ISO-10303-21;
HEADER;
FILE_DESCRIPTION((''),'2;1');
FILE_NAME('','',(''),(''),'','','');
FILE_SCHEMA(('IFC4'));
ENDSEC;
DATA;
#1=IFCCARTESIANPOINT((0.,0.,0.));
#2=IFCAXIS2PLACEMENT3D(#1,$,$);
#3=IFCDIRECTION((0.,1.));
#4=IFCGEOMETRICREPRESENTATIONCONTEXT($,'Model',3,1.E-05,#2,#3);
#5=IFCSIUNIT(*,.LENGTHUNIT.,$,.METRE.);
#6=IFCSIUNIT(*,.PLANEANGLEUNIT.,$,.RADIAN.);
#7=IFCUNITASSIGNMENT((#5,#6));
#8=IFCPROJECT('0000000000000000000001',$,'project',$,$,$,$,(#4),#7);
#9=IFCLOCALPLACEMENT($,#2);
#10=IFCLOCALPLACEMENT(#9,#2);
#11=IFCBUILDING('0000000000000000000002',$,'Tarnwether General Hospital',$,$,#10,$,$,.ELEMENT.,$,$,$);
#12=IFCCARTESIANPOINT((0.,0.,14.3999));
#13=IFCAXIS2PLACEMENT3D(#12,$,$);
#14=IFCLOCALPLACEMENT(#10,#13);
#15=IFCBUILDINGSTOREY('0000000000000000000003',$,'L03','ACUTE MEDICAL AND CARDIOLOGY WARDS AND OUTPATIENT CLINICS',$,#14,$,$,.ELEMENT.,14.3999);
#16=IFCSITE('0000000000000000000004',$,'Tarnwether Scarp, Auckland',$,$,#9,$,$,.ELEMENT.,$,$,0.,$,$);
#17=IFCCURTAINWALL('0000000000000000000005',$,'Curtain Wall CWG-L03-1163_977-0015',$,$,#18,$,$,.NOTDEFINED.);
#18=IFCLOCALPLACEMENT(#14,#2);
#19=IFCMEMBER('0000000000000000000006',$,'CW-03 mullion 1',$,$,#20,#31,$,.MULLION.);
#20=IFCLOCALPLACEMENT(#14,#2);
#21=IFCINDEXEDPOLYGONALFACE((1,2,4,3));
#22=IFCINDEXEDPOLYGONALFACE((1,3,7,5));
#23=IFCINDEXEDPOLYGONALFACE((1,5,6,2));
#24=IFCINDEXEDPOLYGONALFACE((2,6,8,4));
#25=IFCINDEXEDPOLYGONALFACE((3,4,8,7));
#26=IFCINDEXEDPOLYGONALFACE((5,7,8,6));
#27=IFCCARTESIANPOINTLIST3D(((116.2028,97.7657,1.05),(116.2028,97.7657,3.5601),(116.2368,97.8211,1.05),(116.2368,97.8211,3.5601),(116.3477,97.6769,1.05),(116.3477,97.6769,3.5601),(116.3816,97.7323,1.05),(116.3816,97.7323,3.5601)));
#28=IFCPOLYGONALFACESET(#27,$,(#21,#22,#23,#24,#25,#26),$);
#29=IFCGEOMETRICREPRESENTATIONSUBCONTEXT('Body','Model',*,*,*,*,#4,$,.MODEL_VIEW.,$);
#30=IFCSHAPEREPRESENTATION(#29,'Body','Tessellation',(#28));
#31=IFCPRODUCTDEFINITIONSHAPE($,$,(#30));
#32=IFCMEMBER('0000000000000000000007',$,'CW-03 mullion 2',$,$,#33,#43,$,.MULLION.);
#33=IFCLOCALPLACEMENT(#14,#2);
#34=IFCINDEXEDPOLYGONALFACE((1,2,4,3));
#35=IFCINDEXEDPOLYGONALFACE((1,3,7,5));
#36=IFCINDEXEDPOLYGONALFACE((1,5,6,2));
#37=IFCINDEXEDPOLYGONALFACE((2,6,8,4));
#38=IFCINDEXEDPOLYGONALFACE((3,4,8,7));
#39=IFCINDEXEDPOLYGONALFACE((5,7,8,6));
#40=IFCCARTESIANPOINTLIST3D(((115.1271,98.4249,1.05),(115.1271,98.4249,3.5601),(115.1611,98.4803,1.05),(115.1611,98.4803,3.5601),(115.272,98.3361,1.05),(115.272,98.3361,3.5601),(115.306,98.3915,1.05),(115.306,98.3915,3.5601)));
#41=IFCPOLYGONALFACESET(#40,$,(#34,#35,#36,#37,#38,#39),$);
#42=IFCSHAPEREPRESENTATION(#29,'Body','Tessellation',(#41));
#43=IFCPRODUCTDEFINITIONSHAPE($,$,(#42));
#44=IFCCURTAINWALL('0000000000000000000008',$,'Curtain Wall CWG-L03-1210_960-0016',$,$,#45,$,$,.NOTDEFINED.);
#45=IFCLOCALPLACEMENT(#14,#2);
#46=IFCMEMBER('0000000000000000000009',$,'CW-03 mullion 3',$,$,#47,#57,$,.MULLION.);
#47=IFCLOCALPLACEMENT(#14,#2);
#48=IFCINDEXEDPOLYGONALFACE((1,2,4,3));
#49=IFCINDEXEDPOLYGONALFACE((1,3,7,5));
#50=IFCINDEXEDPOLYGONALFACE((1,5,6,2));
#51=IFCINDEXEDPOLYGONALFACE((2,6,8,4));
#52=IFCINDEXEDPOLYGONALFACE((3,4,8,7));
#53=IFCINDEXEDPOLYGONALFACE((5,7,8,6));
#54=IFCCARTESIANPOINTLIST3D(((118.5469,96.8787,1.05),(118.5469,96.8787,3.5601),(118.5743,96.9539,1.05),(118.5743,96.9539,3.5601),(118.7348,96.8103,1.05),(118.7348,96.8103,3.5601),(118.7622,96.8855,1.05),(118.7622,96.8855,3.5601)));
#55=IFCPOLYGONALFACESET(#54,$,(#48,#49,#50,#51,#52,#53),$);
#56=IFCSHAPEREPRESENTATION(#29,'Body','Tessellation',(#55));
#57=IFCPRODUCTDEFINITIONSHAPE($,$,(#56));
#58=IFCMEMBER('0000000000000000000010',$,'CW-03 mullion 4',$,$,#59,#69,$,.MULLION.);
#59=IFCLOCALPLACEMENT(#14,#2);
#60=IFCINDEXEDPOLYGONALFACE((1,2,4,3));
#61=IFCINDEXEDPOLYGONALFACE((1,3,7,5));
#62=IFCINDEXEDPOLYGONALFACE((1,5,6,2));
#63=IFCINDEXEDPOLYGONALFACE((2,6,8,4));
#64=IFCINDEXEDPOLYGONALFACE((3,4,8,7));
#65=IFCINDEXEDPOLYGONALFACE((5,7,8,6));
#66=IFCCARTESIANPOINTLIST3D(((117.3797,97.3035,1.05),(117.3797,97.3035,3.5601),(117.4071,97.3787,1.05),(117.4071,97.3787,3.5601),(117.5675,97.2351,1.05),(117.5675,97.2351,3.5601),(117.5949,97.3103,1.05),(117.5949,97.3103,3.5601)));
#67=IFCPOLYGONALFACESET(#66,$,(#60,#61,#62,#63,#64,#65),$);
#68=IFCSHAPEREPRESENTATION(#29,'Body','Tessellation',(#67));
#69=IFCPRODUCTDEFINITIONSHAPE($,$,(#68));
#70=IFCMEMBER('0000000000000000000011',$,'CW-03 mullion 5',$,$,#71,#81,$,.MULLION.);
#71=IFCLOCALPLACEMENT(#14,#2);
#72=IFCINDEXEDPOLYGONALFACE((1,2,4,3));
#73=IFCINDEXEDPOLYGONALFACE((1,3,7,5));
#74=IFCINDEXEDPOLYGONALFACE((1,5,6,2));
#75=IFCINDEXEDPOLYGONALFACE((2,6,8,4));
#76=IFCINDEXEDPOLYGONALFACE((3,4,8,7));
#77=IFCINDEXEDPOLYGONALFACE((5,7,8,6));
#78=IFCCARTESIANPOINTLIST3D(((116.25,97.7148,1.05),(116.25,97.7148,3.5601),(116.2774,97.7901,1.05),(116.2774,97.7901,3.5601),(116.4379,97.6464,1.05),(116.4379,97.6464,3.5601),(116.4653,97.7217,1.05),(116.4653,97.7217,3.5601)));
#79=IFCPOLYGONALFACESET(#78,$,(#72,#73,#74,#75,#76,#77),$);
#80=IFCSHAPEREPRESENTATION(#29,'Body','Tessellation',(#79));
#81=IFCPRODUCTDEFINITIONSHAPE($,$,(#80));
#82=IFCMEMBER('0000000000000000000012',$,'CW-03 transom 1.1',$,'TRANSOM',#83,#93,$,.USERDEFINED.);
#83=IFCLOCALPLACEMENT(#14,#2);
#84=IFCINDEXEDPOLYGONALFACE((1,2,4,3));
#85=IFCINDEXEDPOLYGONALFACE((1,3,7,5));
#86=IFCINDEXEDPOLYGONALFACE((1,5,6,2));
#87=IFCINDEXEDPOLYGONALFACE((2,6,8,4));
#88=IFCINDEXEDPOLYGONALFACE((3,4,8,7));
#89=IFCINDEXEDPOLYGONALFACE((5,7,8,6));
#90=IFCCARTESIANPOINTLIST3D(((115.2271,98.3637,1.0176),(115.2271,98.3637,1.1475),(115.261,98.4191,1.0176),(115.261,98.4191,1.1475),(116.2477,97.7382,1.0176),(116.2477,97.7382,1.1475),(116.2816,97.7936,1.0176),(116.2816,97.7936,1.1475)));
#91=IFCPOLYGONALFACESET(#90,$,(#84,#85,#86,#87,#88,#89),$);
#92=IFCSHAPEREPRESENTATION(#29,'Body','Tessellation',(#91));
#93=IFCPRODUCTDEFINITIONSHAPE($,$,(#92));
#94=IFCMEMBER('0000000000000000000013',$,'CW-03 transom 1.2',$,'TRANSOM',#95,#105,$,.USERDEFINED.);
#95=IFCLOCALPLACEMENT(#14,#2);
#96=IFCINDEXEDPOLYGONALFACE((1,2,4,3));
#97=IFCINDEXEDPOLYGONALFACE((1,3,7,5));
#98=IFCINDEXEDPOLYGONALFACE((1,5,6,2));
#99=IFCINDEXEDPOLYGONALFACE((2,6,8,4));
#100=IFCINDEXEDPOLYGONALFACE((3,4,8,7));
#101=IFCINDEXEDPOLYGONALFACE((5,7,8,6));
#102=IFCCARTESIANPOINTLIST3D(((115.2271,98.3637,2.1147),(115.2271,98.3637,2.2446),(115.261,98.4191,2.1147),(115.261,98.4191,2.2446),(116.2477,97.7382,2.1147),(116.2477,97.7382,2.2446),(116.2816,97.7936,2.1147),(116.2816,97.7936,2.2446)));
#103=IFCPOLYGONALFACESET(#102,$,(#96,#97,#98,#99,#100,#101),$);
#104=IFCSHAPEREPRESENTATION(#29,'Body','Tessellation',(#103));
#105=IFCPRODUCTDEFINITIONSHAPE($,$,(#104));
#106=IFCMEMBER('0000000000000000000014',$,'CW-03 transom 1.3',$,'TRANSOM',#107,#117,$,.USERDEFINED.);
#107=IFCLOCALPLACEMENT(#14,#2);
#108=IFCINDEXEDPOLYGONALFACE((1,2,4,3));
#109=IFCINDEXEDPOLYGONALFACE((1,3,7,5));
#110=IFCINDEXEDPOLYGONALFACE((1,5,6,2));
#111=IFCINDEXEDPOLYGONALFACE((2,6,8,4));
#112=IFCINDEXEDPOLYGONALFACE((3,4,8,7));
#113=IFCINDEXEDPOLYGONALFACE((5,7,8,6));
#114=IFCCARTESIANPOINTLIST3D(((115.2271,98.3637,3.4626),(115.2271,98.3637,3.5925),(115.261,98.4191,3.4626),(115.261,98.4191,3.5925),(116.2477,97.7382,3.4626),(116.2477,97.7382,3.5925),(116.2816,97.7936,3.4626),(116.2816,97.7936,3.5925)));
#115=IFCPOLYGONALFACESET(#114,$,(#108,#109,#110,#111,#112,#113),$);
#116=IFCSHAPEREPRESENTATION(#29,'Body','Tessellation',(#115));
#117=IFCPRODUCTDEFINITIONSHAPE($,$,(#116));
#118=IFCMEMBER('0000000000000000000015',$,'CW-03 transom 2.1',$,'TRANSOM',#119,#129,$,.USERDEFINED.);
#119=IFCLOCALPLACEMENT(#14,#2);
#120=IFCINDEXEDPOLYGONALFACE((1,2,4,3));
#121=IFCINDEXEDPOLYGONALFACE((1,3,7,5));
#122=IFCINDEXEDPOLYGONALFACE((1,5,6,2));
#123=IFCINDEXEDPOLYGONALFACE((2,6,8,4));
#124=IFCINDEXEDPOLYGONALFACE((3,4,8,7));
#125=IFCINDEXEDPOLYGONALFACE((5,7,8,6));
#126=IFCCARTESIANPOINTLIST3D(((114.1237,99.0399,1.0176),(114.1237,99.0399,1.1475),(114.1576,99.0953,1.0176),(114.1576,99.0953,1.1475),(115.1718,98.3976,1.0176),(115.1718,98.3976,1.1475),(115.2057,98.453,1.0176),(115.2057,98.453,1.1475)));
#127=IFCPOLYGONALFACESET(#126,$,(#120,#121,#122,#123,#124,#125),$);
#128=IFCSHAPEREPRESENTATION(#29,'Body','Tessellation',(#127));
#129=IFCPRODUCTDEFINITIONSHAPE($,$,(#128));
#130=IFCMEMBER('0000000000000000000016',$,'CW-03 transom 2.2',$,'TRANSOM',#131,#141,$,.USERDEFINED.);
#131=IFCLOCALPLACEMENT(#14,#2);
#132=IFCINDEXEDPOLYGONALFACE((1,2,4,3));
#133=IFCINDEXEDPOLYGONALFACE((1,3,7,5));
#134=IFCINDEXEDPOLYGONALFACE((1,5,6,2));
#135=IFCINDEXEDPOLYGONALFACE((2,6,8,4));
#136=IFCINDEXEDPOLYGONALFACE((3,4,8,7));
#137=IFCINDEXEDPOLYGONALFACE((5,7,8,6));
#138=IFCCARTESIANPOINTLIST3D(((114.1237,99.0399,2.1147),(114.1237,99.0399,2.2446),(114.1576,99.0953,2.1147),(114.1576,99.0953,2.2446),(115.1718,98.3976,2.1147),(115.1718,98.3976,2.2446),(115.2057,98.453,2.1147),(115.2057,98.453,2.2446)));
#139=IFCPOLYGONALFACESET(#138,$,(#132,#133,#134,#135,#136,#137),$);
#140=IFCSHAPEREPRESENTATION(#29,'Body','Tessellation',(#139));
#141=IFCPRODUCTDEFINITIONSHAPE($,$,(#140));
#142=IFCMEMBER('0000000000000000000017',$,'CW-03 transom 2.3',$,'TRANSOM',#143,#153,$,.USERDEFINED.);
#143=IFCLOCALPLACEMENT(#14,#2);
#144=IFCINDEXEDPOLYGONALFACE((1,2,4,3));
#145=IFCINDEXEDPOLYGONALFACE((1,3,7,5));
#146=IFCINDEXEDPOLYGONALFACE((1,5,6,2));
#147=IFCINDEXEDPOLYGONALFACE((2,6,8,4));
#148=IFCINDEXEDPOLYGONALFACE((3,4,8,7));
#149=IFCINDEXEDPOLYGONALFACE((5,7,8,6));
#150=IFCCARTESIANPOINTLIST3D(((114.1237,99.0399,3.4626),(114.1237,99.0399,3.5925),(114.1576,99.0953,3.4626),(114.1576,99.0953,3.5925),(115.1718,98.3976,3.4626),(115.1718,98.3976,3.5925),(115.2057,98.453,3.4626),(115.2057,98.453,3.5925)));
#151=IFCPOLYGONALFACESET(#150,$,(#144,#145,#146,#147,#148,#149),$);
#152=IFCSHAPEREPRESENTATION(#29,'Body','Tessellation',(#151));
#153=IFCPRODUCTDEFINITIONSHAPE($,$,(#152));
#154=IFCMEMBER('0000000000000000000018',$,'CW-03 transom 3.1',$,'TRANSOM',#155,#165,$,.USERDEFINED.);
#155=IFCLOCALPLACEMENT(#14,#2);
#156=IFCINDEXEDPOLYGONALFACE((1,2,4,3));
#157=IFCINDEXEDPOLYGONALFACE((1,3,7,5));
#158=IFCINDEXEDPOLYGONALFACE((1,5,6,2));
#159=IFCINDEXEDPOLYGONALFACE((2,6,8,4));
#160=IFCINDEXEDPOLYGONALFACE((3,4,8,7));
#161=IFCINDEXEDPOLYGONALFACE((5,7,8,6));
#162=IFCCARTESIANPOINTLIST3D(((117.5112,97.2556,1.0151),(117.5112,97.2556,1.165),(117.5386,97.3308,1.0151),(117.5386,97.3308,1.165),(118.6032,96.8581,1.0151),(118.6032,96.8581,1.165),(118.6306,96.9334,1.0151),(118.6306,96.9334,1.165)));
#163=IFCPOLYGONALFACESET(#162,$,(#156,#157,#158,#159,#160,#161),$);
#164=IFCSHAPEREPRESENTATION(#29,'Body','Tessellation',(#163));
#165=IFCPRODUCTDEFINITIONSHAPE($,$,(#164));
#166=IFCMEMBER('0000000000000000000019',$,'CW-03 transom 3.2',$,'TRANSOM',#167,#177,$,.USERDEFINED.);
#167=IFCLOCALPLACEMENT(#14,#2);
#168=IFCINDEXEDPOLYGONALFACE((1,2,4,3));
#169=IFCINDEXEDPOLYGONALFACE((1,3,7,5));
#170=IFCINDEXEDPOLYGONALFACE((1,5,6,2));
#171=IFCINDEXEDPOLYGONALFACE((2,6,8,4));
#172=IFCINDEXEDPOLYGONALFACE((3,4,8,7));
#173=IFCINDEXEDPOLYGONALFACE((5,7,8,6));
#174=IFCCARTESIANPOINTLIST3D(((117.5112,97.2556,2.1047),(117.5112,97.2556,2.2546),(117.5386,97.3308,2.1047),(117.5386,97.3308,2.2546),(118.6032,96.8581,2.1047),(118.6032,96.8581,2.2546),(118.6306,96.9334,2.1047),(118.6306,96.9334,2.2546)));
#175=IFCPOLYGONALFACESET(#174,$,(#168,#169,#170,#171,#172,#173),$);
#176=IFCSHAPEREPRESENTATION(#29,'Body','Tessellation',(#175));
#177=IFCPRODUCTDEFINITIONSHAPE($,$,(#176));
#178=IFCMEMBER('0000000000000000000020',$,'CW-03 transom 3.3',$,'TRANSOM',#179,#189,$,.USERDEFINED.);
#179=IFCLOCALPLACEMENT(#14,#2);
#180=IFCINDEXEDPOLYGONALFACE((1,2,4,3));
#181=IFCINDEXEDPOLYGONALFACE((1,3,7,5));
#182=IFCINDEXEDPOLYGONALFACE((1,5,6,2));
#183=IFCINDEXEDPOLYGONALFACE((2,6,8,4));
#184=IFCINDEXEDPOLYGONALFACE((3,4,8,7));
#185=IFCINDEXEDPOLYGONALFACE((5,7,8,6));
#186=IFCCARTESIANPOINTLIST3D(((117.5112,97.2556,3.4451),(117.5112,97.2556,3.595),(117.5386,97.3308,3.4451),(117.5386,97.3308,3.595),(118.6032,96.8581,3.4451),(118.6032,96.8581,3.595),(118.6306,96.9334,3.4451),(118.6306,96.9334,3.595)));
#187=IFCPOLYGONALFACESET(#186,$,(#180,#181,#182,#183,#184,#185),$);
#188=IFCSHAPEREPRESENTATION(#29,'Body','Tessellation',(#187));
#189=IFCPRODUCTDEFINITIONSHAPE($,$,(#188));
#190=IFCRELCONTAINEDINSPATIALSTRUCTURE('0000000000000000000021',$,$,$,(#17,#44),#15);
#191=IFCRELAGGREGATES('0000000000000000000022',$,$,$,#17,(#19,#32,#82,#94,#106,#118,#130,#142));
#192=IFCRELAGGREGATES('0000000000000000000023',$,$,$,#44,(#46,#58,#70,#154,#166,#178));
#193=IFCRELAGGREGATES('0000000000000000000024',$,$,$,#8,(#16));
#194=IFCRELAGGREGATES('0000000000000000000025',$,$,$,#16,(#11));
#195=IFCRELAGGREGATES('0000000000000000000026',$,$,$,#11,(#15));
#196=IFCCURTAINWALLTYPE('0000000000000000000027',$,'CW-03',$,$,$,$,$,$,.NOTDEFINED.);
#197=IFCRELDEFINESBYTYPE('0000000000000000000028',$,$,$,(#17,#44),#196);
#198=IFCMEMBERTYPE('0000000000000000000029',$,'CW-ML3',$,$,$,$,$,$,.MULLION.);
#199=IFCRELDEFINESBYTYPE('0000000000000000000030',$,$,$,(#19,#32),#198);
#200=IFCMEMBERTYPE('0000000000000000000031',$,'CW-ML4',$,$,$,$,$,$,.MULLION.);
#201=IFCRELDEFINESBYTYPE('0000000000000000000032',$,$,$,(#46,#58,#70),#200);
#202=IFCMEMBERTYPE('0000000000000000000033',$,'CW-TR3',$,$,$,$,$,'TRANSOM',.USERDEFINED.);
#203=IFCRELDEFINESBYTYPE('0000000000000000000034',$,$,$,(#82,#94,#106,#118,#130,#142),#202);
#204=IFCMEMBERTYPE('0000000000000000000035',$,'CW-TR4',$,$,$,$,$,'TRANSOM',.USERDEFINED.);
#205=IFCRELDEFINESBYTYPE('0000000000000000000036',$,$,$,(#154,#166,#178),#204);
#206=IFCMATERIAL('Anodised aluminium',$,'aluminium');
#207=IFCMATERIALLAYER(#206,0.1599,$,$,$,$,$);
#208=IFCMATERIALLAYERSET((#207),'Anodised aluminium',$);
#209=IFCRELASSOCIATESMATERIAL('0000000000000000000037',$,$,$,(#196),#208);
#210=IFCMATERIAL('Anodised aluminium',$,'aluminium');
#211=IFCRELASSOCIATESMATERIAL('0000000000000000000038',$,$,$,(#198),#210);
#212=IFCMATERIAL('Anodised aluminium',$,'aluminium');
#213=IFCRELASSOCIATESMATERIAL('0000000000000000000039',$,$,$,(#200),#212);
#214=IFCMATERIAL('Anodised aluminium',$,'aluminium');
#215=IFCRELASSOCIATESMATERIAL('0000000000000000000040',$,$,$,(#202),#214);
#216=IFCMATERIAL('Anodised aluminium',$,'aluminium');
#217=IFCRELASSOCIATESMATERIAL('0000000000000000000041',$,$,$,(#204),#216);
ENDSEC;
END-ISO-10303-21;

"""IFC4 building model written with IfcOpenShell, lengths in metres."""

from ifc_helpers import new_model, si_unit, direction, frame, origin, origin_2d, place, context, subcontext, project, spatial, rectangle, extrude, material, layer, layer_set, material_profile, profile_set, type_object, element, aggregate, save


model = new_model("IFC4")

# Units and contexts
model_context = context("Model", 3, precision=1e-05, world=origin(), true_north=direction((0.0, 1.0)))
body_context = subcontext(model_context, "Body", "Model", "MODEL_VIEW")
ifc_project = project(units=[si_unit("LENGTHUNIT", "METRE"), si_unit("PLANEANGLEUNIT", "RADIAN")], contexts=[model_context])

# Site, building, storey
site_placement = place(None, origin())
site = spatial("IfcSite", under=ifc_project, at=site_placement, Name="Tarnwether Scarp, Auckland", CompositionType="ELEMENT", RefElevation=0.0)
building_placement = place(site_placement, origin())
building = spatial("IfcBuilding", under=site, at=building_placement, Name="Tarnwether General Hospital", CompositionType="ELEMENT")
storey_placement = place(building_placement, frame((0.0, 0.0, 14.3999)))
storey = spatial("IfcBuildingStorey", under=building, at=storey_placement, Name="L03", Description="ACUTE MEDICAL AND CARDIOLOGY WARDS AND OUTPATIENT CLINICS", CompositionType="ELEMENT", Elevation=14.3999)

# Curtain walls, members
ifc_material_1 = material(Name="Anodised aluminium", Category="aluminium")
ifc_layer_1 = layer(ifc_material_1, 0.1599)
ifc_layer_set_1 = layer_set([ifc_layer_1], Name="Anodised aluminium")
curtain_wall_type = type_object("IfcCurtainWallType", Name="CW-03", PredefinedType="NOTDEFINED", material=ifc_layer_set_1)
curtain_wall_1_placement = place(storey_placement, origin())
curtain_wall_1 = element("IfcCurtainWall", 1, at=curtain_wall_1_placement, inside=storey, type_object=curtain_wall_type, Name="Curtain Wall CWG-L03-1163_977-0015", PredefinedType="NOTDEFINED")
ifc_material_2 = material(Name="Anodised aluminium", Category="aluminium")
ifc_material_profile_1 = material_profile(ifc_material_2, rectangle(XDim=0.0649, YDim=0.1699, at=origin_2d()), Name="ALU-MUL-65x170")
ifc_profile_set_1 = profile_set([ifc_material_profile_1], Name="Anodised aluminium")
member_type_1 = type_object("IfcMemberType", Name="CW-ML3", PredefinedType="MULLION", material=ifc_profile_set_1)
member_1_placement = place(storey_placement, frame((116.2922, 97.749, 1.05), z_axis=(0.0, 0.0, 1.0), x_axis=(-0.522512, -0.852632, 0.0)))
member_1 = element("IfcMember", 2, at=member_1_placement, type_object=member_type_1, Name="CW-03 mullion 1", PredefinedType="MULLION", context=body_context, shape_type="SweptSolid", body=[
    extrude(rectangle(XDim=0.0649, YDim=0.1699, at=origin_2d()), origin(), (0.0, 0.0, 1.0), 2.51),
])
member_2_placement = place(storey_placement, frame((115.2166, 98.4082, 1.05), z_axis=(0.0, 0.0, 1.0), x_axis=(-0.522512, -0.852632, 0.0)))
member_2 = element("IfcMember", 3, at=member_2_placement, type_object=member_type_1, Name="CW-03 mullion 2", PredefinedType="MULLION", context=body_context, shape_type="SweptSolid", body=[
    extrude(rectangle(XDim=0.0649, YDim=0.1699, at=origin_2d()), origin(), (0.0, 0.0, 1.0), 2.51),
])
curtain_wall_2_placement = place(storey_placement, origin())
curtain_wall_2 = element("IfcCurtainWall", 4, at=curtain_wall_2_placement, inside=storey, type_object=curtain_wall_type, Name="Curtain Wall CWG-L03-1210_960-0016", PredefinedType="NOTDEFINED")
ifc_material_3 = material(Name="Anodised aluminium", Category="aluminium")
ifc_material_profile_2 = material_profile(ifc_material_3, rectangle(XDim=0.0801, YDim=0.2, at=origin_2d()), Name="ALU-MUL-80x200")
ifc_profile_set_2 = profile_set([ifc_material_profile_2], Name="Anodised aluminium")
member_type_2 = type_object("IfcMemberType", Name="CW-ML4", PredefinedType="MULLION", material=ifc_profile_set_2)
member_3_placement = place(storey_placement, frame((118.6545, 96.8821, 1.05), z_axis=(0.0, 0.0, 1.0), x_axis=(-0.342131, -0.939652, 0.0)))
member_3 = element("IfcMember", 5, at=member_3_placement, type_object=member_type_2, Name="CW-03 mullion 3", PredefinedType="MULLION", context=body_context, shape_type="SweptSolid", body=[
    extrude(rectangle(XDim=0.0801, YDim=0.2, at=origin_2d()), origin(), (0.0, 0.0, 1.0), 2.51),
])
member_4_placement = place(storey_placement, frame((117.4873, 97.3069, 1.05), z_axis=(0.0, 0.0, 1.0), x_axis=(-0.342131, -0.939652, 0.0)))
member_4 = element("IfcMember", 6, at=member_4_placement, type_object=member_type_2, Name="CW-03 mullion 4", PredefinedType="MULLION", context=body_context, shape_type="SweptSolid", body=[
    extrude(rectangle(XDim=0.0801, YDim=0.2, at=origin_2d()), origin(), (0.0, 0.0, 1.0), 2.51),
])
member_5_placement = place(storey_placement, frame((116.3577, 97.7183, 1.05), z_axis=(0.0, 0.0, 1.0), x_axis=(-0.342131, -0.939652, 0.0)))
member_5 = element("IfcMember", 7, at=member_5_placement, type_object=member_type_2, Name="CW-03 mullion 5", PredefinedType="MULLION", context=body_context, shape_type="SweptSolid", body=[
    extrude(rectangle(XDim=0.0801, YDim=0.2, at=origin_2d()), origin(), (0.0, 0.0, 1.0), 2.51),
])

# Members
ifc_material_4 = material(Name="Anodised aluminium", Category="aluminium")
ifc_material_profile_3 = material_profile(ifc_material_4, rectangle(XDim=0.0649, YDim=0.1299, at=origin_2d()), Name="ALU-TRN-65x130")
ifc_profile_set_3 = profile_set([ifc_material_profile_3], Name="Anodised aluminium")
member_type_3 = type_object("IfcMemberType", Name="CW-TR3", ElementType="TRANSOM", PredefinedType="USERDEFINED", material=ifc_profile_set_3)
member_6_placement = place(storey_placement, frame((116.2646, 97.7659, 1.0825), z_axis=(-0.852595, 0.522572, 0.0), x_axis=(-0.522572, -0.852595, 0.0)))
member_6 = element("IfcMember", 8, at=member_6_placement, type_object=member_type_3, Name="CW-03 transom 1.1", ObjectType="TRANSOM", PredefinedType="USERDEFINED", context=body_context, shape_type="SweptSolid", body=[
    extrude(rectangle(XDim=0.0649, YDim=0.1299, at=origin_2d()), origin(), (0.0, 0.0, 1.0), 1.197),
])
member_7_placement = place(storey_placement, frame((116.2646, 97.7659, 2.1797), z_axis=(-0.852595, 0.522572, 0.0), x_axis=(-0.522572, -0.852595, 0.0)))
member_7 = element("IfcMember", 9, at=member_7_placement, type_object=member_type_3, Name="CW-03 transom 1.2", ObjectType="TRANSOM", PredefinedType="USERDEFINED", context=body_context, shape_type="SweptSolid", body=[
    extrude(rectangle(XDim=0.0649, YDim=0.1299, at=origin_2d()), origin(), (0.0, 0.0, 1.0), 1.197),
])
member_8_placement = place(storey_placement, frame((116.2646, 97.7659, 3.5276), z_axis=(-0.852595, 0.522572, 0.0), x_axis=(-0.522572, -0.852595, 0.0)))
member_8 = element("IfcMember", 10, at=member_8_placement, type_object=member_type_3, Name="CW-03 transom 1.3", ObjectType="TRANSOM", PredefinedType="USERDEFINED", context=body_context, shape_type="SweptSolid", body=[
    extrude(rectangle(XDim=0.0649, YDim=0.1299, at=origin_2d()), origin(), (0.0, 0.0, 1.0), 1.197),
])
member_9_placement = place(storey_placement, frame((115.1887, 98.4253, 1.0825), z_axis=(-0.852618, 0.522534, 0.0), x_axis=(-0.522534, -0.852618, 0.0)))
member_9 = element("IfcMember", 11, at=member_9_placement, type_object=member_type_3, Name="CW-03 transom 2.1", ObjectType="TRANSOM", PredefinedType="USERDEFINED", context=body_context, shape_type="SweptSolid", body=[
    extrude(rectangle(XDim=0.0649, YDim=0.1299, at=origin_2d()), origin(), (0.0, 0.0, 1.0), 1.2292),
])
member_10_placement = place(storey_placement, frame((115.1887, 98.4253, 2.1797), z_axis=(-0.852618, 0.522534, 0.0), x_axis=(-0.522534, -0.852618, 0.0)))
member_10 = element("IfcMember", 12, at=member_10_placement, type_object=member_type_3, Name="CW-03 transom 2.2", ObjectType="TRANSOM", PredefinedType="USERDEFINED", context=body_context, shape_type="SweptSolid", body=[
    extrude(rectangle(XDim=0.0649, YDim=0.1299, at=origin_2d()), origin(), (0.0, 0.0, 1.0), 1.2292),
])
member_11_placement = place(storey_placement, frame((115.1887, 98.4253, 3.5276), z_axis=(-0.852618, 0.522534, 0.0), x_axis=(-0.522534, -0.852618, 0.0)))
member_11 = element("IfcMember", 13, at=member_11_placement, type_object=member_type_3, Name="CW-03 transom 2.3", ObjectType="TRANSOM", PredefinedType="USERDEFINED", context=body_context, shape_type="SweptSolid", body=[
    extrude(rectangle(XDim=0.0649, YDim=0.1299, at=origin_2d()), origin(), (0.0, 0.0, 1.0), 1.2292),
])
ifc_material_5 = material(Name="Anodised aluminium", Category="aluminium")
ifc_material_profile_4 = material_profile(ifc_material_5, rectangle(XDim=0.0801, YDim=0.1499, at=origin_2d()), Name="ALU-TRN-80x150")
ifc_profile_set_4 = profile_set([ifc_material_profile_4], Name="Anodised aluminium")
member_type_4 = type_object("IfcMemberType", Name="CW-TR4", ElementType="TRANSOM", PredefinedType="USERDEFINED", material=ifc_profile_set_4)
member_12_placement = place(storey_placement, frame((118.6169, 96.8958, 1.0901), z_axis=(-0.939695, 0.342013, 0.0), x_axis=(-0.342013, -0.939695, 0.0)))
member_12 = element("IfcMember", 14, at=member_12_placement, type_object=member_type_4, Name="CW-03 transom 3.1", ObjectType="TRANSOM", PredefinedType="USERDEFINED", context=body_context, shape_type="SweptSolid", body=[
    extrude(rectangle(XDim=0.0801, YDim=0.1499, at=origin_2d()), origin(), (0.0, 0.0, 1.0), 1.1621),
])
member_13_placement = place(storey_placement, frame((118.6169, 96.8958, 2.1797), z_axis=(-0.939695, 0.342013, 0.0), x_axis=(-0.342013, -0.939695, 0.0)))
member_13 = element("IfcMember", 15, at=member_13_placement, type_object=member_type_4, Name="CW-03 transom 3.2", ObjectType="TRANSOM", PredefinedType="USERDEFINED", context=body_context, shape_type="SweptSolid", body=[
    extrude(rectangle(XDim=0.0801, YDim=0.1499, at=origin_2d()), origin(), (0.0, 0.0, 1.0), 1.1621),
])
member_14_placement = place(storey_placement, frame((118.6169, 96.8958, 3.52), z_axis=(-0.939695, 0.342013, 0.0), x_axis=(-0.342013, -0.939695, 0.0)))
member_14 = element("IfcMember", 16, at=member_14_placement, type_object=member_type_4, Name="CW-03 transom 3.3", ObjectType="TRANSOM", PredefinedType="USERDEFINED", context=body_context, shape_type="SweptSolid", body=[
    extrude(rectangle(XDim=0.0801, YDim=0.1499, at=origin_2d()), origin(), (0.0, 0.0, 1.0), 1.1621),
])

aggregate(curtain_wall_1, [member_1, member_2, member_6, member_7, member_8, member_9, member_10, member_11])
aggregate(curtain_wall_2, [member_3, member_4, member_5, member_12, member_13, member_14])

save(model, "model.ifc")
